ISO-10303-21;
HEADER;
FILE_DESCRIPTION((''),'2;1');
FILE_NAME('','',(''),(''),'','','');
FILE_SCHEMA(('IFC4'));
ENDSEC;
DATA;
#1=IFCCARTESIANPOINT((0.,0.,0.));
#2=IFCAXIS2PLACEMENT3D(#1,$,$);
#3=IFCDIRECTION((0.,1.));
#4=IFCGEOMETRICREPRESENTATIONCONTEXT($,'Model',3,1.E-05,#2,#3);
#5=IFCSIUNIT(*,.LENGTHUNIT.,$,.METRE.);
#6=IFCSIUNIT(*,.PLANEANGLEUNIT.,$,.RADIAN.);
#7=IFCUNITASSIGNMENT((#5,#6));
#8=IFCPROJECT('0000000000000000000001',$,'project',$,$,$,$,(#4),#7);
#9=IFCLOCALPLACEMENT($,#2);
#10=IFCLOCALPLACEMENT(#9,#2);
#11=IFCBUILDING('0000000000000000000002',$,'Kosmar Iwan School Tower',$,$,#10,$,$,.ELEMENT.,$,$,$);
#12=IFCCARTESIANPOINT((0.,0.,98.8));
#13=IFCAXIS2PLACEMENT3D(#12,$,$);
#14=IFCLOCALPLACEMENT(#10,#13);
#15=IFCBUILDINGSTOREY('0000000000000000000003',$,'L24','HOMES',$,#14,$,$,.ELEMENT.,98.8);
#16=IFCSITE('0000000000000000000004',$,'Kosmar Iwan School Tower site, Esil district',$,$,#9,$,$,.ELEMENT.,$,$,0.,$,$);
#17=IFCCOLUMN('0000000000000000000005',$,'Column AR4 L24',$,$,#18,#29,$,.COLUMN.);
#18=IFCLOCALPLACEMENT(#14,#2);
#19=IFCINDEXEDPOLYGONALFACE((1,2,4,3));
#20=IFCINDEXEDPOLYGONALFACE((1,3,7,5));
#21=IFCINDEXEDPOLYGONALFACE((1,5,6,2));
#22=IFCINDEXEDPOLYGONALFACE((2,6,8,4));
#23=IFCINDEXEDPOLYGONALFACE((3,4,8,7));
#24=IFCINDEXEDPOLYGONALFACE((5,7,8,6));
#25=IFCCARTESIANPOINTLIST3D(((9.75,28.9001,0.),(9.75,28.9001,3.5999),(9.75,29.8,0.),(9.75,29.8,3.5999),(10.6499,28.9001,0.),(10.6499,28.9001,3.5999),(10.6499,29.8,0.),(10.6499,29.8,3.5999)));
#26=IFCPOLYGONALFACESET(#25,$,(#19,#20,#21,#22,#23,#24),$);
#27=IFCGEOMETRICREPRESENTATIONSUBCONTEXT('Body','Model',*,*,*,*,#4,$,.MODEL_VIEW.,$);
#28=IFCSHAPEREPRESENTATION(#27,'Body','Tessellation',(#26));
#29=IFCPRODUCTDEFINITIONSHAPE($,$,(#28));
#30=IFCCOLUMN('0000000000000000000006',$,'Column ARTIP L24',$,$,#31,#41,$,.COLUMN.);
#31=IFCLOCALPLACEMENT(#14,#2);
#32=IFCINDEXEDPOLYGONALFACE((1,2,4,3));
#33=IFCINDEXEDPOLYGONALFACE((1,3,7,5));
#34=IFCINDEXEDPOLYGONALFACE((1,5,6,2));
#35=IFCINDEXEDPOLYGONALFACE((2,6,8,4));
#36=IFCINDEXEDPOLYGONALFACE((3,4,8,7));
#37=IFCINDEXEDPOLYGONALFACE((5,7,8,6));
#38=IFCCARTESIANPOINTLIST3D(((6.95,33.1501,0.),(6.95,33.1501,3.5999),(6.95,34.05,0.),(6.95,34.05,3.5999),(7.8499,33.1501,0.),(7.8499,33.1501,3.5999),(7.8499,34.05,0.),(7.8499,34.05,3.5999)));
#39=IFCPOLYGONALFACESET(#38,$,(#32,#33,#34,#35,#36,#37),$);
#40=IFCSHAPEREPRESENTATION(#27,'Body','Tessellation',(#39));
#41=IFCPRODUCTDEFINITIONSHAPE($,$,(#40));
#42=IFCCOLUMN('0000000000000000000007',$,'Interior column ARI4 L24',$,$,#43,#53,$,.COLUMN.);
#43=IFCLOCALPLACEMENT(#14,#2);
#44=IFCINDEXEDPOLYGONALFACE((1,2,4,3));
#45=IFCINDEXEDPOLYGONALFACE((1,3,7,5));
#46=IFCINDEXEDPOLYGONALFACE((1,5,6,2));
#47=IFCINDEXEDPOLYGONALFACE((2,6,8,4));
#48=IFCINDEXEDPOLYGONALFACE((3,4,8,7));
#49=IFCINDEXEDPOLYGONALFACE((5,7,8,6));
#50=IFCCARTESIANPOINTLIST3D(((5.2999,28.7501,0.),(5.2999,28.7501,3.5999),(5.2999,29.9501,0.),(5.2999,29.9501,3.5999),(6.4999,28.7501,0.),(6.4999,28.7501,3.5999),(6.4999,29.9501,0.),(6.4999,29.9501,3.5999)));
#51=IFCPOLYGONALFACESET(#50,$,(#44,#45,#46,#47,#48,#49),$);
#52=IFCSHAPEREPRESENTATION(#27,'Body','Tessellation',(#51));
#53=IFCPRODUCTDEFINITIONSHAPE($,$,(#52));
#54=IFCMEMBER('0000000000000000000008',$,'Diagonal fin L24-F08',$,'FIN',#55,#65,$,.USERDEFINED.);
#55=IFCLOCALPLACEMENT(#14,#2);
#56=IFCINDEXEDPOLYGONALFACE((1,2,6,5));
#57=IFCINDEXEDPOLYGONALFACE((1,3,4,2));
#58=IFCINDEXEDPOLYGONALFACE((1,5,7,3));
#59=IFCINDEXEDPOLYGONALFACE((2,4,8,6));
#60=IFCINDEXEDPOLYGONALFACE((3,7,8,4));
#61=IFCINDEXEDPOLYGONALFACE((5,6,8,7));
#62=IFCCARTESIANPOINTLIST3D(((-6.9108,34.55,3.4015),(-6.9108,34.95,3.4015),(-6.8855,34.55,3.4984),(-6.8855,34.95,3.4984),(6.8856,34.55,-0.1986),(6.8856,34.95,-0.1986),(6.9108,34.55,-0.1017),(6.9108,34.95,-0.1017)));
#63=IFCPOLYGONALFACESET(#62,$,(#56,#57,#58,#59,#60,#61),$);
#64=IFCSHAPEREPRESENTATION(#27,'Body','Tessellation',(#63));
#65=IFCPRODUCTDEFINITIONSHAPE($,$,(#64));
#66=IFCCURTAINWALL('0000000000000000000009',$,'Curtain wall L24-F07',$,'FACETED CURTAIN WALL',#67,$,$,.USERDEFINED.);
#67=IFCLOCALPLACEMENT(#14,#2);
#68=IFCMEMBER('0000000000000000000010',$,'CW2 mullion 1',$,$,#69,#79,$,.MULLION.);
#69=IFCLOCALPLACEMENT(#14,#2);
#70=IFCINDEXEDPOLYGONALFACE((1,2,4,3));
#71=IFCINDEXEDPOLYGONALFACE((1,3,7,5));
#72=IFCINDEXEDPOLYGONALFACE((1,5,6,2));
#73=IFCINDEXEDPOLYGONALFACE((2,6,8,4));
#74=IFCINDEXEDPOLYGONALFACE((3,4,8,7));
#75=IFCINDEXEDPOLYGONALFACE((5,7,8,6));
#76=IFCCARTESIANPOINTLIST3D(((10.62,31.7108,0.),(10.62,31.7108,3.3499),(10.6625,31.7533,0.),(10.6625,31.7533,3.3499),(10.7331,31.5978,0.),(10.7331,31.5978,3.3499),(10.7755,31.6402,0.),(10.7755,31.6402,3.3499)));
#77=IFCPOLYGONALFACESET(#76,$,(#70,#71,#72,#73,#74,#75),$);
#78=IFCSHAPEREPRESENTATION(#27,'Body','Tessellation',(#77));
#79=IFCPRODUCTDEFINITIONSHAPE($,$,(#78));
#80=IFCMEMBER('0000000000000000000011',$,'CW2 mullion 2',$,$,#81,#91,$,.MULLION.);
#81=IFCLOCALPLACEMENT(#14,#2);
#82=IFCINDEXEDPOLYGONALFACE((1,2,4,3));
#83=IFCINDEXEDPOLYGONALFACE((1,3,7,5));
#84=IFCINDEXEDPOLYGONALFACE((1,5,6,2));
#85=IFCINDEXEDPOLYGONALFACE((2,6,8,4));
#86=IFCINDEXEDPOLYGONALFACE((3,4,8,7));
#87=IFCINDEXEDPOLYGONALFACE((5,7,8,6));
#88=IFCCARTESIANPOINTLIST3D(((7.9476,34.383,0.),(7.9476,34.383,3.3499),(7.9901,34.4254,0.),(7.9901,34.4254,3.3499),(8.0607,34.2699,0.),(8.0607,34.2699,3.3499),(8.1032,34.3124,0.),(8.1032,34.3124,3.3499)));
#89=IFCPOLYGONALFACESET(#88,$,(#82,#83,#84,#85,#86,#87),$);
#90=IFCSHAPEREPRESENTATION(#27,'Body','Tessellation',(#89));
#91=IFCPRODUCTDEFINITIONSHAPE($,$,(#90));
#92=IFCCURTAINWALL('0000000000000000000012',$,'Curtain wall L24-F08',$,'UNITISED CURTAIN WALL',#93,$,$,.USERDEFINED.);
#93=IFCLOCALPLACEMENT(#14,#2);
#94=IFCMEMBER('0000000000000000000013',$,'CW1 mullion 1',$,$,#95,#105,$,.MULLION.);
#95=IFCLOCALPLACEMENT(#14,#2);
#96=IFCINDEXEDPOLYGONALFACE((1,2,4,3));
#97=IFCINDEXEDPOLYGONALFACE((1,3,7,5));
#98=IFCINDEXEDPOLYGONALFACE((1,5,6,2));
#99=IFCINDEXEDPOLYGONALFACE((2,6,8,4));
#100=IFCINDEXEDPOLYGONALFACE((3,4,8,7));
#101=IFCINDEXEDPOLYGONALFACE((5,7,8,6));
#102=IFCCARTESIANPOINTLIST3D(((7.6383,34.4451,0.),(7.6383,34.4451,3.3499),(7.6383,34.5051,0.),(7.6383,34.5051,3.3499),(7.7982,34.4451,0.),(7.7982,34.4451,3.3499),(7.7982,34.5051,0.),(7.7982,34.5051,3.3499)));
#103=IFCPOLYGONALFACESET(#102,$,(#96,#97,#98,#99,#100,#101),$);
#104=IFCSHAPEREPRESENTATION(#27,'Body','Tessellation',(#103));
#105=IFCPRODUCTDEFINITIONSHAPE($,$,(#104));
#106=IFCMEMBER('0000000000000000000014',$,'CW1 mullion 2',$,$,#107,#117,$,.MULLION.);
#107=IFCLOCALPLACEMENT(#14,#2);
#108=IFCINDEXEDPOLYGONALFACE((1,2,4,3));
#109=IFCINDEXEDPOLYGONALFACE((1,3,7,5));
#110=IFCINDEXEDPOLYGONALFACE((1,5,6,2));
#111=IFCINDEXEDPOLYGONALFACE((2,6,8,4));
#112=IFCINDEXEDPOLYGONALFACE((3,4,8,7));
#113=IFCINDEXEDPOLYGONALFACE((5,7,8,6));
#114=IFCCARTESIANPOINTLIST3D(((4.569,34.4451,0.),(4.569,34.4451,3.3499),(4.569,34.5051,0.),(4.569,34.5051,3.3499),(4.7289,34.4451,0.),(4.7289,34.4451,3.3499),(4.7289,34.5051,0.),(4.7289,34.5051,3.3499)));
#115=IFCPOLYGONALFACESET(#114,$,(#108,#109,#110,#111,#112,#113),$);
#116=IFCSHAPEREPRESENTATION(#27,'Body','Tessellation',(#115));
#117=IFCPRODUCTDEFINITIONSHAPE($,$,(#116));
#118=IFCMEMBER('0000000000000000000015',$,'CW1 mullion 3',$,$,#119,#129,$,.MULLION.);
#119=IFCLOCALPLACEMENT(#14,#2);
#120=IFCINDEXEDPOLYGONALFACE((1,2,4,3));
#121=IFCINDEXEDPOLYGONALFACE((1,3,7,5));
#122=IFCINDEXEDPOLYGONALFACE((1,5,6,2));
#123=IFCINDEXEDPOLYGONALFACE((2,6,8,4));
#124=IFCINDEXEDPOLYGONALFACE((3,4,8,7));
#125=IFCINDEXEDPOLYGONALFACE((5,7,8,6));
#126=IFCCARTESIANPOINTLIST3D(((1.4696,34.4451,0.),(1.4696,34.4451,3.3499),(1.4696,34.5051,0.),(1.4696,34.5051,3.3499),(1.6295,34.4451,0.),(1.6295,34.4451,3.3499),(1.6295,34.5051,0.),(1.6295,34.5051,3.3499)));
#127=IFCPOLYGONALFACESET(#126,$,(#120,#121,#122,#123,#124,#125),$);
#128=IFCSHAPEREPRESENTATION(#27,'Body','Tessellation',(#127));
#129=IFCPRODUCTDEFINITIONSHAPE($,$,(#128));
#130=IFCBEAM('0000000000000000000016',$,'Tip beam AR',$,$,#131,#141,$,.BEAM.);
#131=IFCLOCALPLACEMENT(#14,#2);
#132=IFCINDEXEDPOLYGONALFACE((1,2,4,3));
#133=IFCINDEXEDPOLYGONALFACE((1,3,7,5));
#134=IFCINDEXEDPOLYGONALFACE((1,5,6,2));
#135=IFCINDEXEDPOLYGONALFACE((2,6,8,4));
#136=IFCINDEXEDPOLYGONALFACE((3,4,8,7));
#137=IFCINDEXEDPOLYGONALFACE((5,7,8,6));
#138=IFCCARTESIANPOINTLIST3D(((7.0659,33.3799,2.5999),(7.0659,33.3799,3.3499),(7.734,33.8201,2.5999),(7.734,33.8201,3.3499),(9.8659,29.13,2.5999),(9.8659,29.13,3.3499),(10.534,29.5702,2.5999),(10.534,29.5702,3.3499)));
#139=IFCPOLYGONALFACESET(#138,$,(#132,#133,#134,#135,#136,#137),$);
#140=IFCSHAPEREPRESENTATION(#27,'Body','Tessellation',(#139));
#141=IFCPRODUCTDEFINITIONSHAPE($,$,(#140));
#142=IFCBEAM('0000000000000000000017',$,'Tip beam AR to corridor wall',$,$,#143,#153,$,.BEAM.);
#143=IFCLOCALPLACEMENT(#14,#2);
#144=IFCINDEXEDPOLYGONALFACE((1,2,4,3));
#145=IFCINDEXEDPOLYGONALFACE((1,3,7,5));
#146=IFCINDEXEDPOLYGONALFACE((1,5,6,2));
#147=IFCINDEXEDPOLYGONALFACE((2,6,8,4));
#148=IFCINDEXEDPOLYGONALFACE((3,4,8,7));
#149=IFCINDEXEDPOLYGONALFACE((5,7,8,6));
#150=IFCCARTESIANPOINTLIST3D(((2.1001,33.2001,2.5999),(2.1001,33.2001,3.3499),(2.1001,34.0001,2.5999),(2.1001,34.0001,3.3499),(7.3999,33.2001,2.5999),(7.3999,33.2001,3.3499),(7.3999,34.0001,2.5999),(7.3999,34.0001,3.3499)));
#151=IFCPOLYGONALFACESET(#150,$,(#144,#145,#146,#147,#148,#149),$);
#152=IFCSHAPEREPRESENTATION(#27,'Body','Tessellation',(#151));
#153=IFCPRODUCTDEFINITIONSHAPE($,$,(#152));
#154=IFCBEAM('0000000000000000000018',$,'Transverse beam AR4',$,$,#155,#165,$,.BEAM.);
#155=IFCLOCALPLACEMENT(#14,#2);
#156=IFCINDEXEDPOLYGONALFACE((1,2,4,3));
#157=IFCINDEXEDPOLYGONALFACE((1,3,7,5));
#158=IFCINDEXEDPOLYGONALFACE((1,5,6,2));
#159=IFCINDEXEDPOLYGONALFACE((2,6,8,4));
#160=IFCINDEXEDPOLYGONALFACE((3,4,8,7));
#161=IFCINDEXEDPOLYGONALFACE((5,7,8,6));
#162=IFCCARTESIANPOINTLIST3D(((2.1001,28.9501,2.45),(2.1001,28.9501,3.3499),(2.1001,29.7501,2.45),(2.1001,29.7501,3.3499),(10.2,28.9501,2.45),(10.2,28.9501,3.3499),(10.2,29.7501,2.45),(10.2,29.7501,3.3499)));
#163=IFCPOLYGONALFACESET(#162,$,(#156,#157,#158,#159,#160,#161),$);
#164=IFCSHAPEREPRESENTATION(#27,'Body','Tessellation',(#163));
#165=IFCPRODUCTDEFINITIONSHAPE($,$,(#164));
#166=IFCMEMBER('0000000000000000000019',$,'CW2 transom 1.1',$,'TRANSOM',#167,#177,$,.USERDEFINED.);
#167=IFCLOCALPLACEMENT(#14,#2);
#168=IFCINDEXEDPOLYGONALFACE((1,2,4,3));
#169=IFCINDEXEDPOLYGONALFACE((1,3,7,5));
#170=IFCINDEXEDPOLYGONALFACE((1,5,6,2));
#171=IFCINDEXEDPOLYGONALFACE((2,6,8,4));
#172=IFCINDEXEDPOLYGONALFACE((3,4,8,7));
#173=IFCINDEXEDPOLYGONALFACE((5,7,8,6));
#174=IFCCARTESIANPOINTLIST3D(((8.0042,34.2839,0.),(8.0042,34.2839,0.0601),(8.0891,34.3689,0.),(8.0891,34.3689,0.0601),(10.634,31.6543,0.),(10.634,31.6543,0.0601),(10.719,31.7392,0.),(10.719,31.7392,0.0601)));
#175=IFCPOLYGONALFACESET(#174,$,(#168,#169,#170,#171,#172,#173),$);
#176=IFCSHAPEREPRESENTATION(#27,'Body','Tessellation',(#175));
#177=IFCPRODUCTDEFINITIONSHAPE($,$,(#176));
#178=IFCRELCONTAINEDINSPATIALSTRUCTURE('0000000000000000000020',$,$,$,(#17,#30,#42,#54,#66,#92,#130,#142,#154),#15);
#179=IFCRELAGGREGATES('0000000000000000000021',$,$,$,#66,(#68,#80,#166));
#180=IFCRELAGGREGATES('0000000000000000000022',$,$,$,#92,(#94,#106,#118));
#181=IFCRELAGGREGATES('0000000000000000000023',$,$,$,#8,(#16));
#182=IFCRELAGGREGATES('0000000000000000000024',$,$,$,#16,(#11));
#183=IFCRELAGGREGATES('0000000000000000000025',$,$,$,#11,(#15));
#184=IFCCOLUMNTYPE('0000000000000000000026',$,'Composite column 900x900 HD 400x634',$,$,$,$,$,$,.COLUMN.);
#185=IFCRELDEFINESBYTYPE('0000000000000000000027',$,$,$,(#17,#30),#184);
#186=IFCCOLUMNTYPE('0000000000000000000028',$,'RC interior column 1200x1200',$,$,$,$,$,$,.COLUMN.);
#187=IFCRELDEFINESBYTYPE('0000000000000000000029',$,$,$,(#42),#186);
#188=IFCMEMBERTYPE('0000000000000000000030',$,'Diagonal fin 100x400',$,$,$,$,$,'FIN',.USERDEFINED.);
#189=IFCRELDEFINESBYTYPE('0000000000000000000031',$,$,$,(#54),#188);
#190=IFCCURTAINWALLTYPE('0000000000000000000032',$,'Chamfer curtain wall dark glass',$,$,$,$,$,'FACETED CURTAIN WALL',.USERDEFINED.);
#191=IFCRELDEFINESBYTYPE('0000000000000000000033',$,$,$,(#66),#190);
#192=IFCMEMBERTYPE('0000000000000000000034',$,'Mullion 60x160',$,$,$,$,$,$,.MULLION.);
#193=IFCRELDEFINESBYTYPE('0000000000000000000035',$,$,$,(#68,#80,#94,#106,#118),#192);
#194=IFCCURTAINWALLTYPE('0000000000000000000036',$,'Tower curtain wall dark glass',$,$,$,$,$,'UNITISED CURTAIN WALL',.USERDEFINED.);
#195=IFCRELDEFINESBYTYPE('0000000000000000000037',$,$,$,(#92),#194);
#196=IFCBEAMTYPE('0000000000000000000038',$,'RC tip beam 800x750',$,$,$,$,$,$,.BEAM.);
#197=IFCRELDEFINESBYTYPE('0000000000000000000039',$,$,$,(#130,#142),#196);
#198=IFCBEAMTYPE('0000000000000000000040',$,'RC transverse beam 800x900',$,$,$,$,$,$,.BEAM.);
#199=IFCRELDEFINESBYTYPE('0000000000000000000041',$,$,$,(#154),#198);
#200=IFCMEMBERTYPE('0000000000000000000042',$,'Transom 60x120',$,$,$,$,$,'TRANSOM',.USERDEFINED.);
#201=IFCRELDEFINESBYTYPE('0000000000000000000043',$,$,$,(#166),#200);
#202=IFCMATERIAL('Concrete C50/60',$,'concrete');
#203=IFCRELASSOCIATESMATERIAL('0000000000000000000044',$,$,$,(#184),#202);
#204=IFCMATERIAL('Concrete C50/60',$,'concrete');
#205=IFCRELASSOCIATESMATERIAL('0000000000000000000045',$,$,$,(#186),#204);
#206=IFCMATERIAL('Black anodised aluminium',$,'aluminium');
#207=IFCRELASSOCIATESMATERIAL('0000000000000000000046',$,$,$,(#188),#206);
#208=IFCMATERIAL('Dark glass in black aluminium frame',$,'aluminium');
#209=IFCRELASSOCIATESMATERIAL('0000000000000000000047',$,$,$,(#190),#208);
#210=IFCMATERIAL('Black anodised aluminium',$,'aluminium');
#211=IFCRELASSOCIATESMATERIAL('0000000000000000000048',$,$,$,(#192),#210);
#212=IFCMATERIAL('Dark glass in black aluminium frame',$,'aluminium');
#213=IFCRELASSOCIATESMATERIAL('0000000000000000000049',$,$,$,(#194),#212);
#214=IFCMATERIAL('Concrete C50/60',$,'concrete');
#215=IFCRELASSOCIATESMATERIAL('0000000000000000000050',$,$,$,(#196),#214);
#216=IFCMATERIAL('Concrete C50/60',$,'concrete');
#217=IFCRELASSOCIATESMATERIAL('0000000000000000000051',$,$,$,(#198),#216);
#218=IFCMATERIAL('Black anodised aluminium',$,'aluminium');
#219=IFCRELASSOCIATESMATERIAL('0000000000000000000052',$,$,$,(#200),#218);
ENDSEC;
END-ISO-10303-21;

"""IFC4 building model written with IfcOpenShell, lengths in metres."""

from ifc_helpers import new_model, si_unit, direction, frame, origin, origin_2d, place, context, subcontext, project, spatial, rectangle, extrude, material, material_profile, profile_set, type_object, element, aggregate, save


model = new_model("IFC4")

# Units and contexts
model_context = context("Model", 3, precision=1e-05, world=origin(), true_north=direction((0.0, 1.0)))
body_context = subcontext(model_context, "Body", "Model", "MODEL_VIEW")
ifc_project = project(units=[si_unit("LENGTHUNIT", "METRE"), si_unit("PLANEANGLEUNIT", "RADIAN")], contexts=[model_context])

# Site, building, storey
site_placement = place(None, origin())
site = spatial("IfcSite", under=ifc_project, at=site_placement, Name="Kosmar Iwan School Tower site, Esil district", CompositionType="ELEMENT", RefElevation=0.0)
building_placement = place(site_placement, origin())
building = spatial("IfcBuilding", under=site, at=building_placement, Name="Kosmar Iwan School Tower", CompositionType="ELEMENT")
storey_placement = place(building_placement, frame((0.0, 0.0, 98.8)))
storey = spatial("IfcBuildingStorey", under=building, at=storey_placement, Name="L24", Description="HOMES", CompositionType="ELEMENT", Elevation=98.8)

# Columns
ifc_material_1 = material(Name="Concrete C50/60", Category="concrete")
ifc_material_profile_1 = material_profile(ifc_material_1, rectangle(XDim=0.8999, YDim=0.8999, at=origin_2d()), Name="RC 900x900 + HD 400x634")
ifc_profile_set_1 = profile_set([ifc_material_profile_1], Name="Concrete C50/60")
column_type_1 = type_object("IfcColumnType", Name="Composite column 900x900 HD 400x634", PredefinedType="COLUMN", material=ifc_profile_set_1)
for number, where, z_axis, x_axis, name in (
    (1, (10.2, 29.3501, 0.0), (0.0, 0.0, 1.0), (0.0, 1.0, 0.0), "Column AR4 L24"),
    (2, (7.3999, 33.6001, 0.0), (0.0, 0.0, 1.0), (0.0, 1.0, 0.0), "Column ARTIP L24"),
):
    element("IfcColumn", number, at=place(storey_placement, frame(where, z_axis=z_axis, x_axis=x_axis)), inside=storey, type_object=column_type_1, Name=name, PredefinedType="COLUMN", context=body_context, shape_type="SweptSolid", body=[
        extrude(rectangle(XDim=0.8999, YDim=0.8999, at=origin_2d()), origin(), (0.0, 0.0, 1.0), 3.5999),
    ])
ifc_material_2 = material(Name="Concrete C50/60", Category="concrete")
ifc_material_profile_2 = material_profile(ifc_material_2, rectangle(XDim=1.2, YDim=1.2, at=origin_2d()), Name="RC 1200x1200")
ifc_profile_set_2 = profile_set([ifc_material_profile_2], Name="Concrete C50/60")
column_type_2 = type_object("IfcColumnType", Name="RC interior column 1200x1200", PredefinedType="COLUMN", material=ifc_profile_set_2)
column_placement = place(storey_placement, frame((5.8999, 29.3501, 0.0), z_axis=(0.0, 0.0, 1.0), x_axis=(0.0, 1.0, 0.0)))
element("IfcColumn", 3, at=column_placement, inside=storey, type_object=column_type_2, Name="Interior column ARI4 L24", PredefinedType="COLUMN", context=body_context, shape_type="SweptSolid", body=[
    extrude(rectangle(XDim=1.2, YDim=1.2, at=origin_2d()), origin(), (0.0, 0.0, 1.0), 3.5999),
])

# Member
ifc_material_3 = material(Name="Black anodised aluminium", Category="aluminium")
ifc_material_profile_3 = material_profile(ifc_material_3, rectangle(XDim=0.1001, YDim=0.3999, at=origin_2d()), Name="FIN 100x400")
ifc_profile_set_3 = profile_set([ifc_material_profile_3], Name="Black anodised aluminium")
member_type_1 = type_object("IfcMemberType", Name="Diagonal fin 100x400", ElementType="FIN", PredefinedType="USERDEFINED", material=ifc_profile_set_3)
member_1_placement = place(storey_placement, frame((6.8982, 34.75, -0.1501), z_axis=(-0.967599, 0.0, 0.25249), x_axis=(0.25249, 0.0, 0.967599)))
element("IfcMember", 4, at=member_1_placement, inside=storey, type_object=member_type_1, Name="Diagonal fin L24-F08", ObjectType="FIN", PredefinedType="USERDEFINED", context=body_context, shape_type="SweptSolid", body=[
    extrude(rectangle(XDim=0.1001, YDim=0.3999, at=origin_2d()), origin(), (0.0, 0.0, 1.0), 14.2583),
])

# Curtain walls, members
ifc_material_4 = material(Name="Dark glass in black aluminium frame", Category="aluminium")
curtain_wall_type_1 = type_object("IfcCurtainWallType", Name="Chamfer curtain wall dark glass", ElementType="FACETED CURTAIN WALL", PredefinedType="USERDEFINED", material=ifc_material_4)
curtain_wall_1_placement = place(storey_placement, origin())
curtain_wall_1 = element("IfcCurtainWall", 5, at=curtain_wall_1_placement, inside=storey, type_object=curtain_wall_type_1, Name="Curtain wall L24-F07", ObjectType="FACETED CURTAIN WALL", PredefinedType="USERDEFINED")
ifc_material_5 = material(Name="Black anodised aluminium", Category="aluminium")
ifc_material_profile_4 = material_profile(ifc_material_5, rectangle(XDim=0.0601, YDim=0.1599, at=origin_2d()), Name="MULLION 60x160")
ifc_profile_set_4 = profile_set([ifc_material_profile_4], Name="Black anodised aluminium")
member_type_2 = type_object("IfcMemberType", Name="Mullion 60x160", PredefinedType="MULLION", material=ifc_profile_set_4)
member_2_placement = place(storey_placement, frame((10.6978, 31.6755, 0.0), z_axis=(0.0, 0.0, 1.0), x_axis=(-0.707107, -0.707107, 0.0)))
member_2 = element("IfcMember", 6, at=member_2_placement, type_object=member_type_2, Name="CW2 mullion 1", PredefinedType="MULLION", context=body_context, shape_type="SweptSolid", body=[
    extrude(rectangle(XDim=0.0601, YDim=0.1599, at=origin_2d()), origin(), (0.0, 0.0, 1.0), 3.3499),
])
member_3_placement = place(storey_placement, frame((8.0254, 34.3477, 0.0), z_axis=(0.0, 0.0, 1.0), x_axis=(-0.707107, -0.707107, 0.0)))
member_3 = element("IfcMember", 7, at=member_3_placement, type_object=member_type_2, Name="CW2 mullion 2", PredefinedType="MULLION", context=body_context, shape_type="SweptSolid", body=[
    extrude(rectangle(XDim=0.0601, YDim=0.1599, at=origin_2d()), origin(), (0.0, 0.0, 1.0), 3.3499),
])
ifc_material_6 = material(Name="Dark glass in black aluminium frame", Category="aluminium")
curtain_wall_type_2 = type_object("IfcCurtainWallType", Name="Tower curtain wall dark glass", ElementType="UNITISED CURTAIN WALL", PredefinedType="USERDEFINED", material=ifc_material_6)
curtain_wall_2_placement = place(storey_placement, origin())
curtain_wall_2 = element("IfcCurtainWall", 8, at=curtain_wall_2_placement, inside=storey, type_object=curtain_wall_type_2, Name="Curtain wall L24-F08", ObjectType="UNITISED CURTAIN WALL", PredefinedType="USERDEFINED")
member_4_placement = place(storey_placement, frame((7.7183, 34.4751, 0.0), z_axis=(0.0, 0.0, 1.0), x_axis=(0.0, -1.0, 0.0)))
member_4 = element("IfcMember", 9, at=member_4_placement, type_object=member_type_2, Name="CW1 mullion 1", PredefinedType="MULLION", context=body_context, shape_type="SweptSolid", body=[
    extrude(rectangle(XDim=0.0601, YDim=0.1599, at=origin_2d()), origin(), (0.0, 0.0, 1.0), 3.3499),
])
member_5_placement = place(storey_placement, frame((4.6489, 34.4751, 0.0), z_axis=(0.0, 0.0, 1.0), x_axis=(0.0, -1.0, 0.0)))
member_5 = element("IfcMember", 10, at=member_5_placement, type_object=member_type_2, Name="CW1 mullion 2", PredefinedType="MULLION", context=body_context, shape_type="SweptSolid", body=[
    extrude(rectangle(XDim=0.0601, YDim=0.1599, at=origin_2d()), origin(), (0.0, 0.0, 1.0), 3.3499),
])
member_6_placement = place(storey_placement, frame((1.5496, 34.4751, 0.0), z_axis=(0.0, 0.0, 1.0), x_axis=(0.0, -1.0, 0.0)))
member_6 = element("IfcMember", 11, at=member_6_placement, type_object=member_type_2, Name="CW1 mullion 3", PredefinedType="MULLION", context=body_context, shape_type="SweptSolid", body=[
    extrude(rectangle(XDim=0.0601, YDim=0.1599, at=origin_2d()), origin(), (0.0, 0.0, 1.0), 3.3499),
])

# Beams
ifc_material_7 = material(Name="Concrete C50/60", Category="concrete")
ifc_material_profile_5 = material_profile(ifc_material_7, rectangle(XDim=0.8, YDim=0.75, at=origin_2d()), Name="RC 800x750")
ifc_profile_set_5 = profile_set([ifc_material_profile_5], Name="Concrete C50/60")
beam_type_1 = type_object("IfcBeamType", Name="RC tip beam 800x750", PredefinedType="BEAM", material=ifc_profile_set_5)
beam_1_placement = place(storey_placement, frame((10.2, 29.3501, 2.9749), z_axis=(-0.550164, 0.835056, 0.0), x_axis=(-0.835056, -0.550164, 0.0)))
element("IfcBeam", 12, at=beam_1_placement, inside=storey, type_object=beam_type_1, Name="Tip beam AR", PredefinedType="BEAM", context=body_context, shape_type="SweptSolid", body=[
    extrude(rectangle(XDim=0.8, YDim=0.75, at=origin_2d()), origin(), (0.0, 0.0, 1.0), 5.0894),
])
beam_2_placement = place(storey_placement, frame((7.3999, 33.6001, 2.9749), z_axis=(-1.0, 0.0, 0.0), x_axis=(0.0, -1.0, 0.0)))
element("IfcBeam", 13, at=beam_2_placement, inside=storey, type_object=beam_type_1, Name="Tip beam AR to corridor wall", PredefinedType="BEAM", context=body_context, shape_type="SweptSolid", body=[
    extrude(rectangle(XDim=0.8, YDim=0.75, at=origin_2d()), origin(), (0.0, 0.0, 1.0), 5.2998),
])
ifc_material_8 = material(Name="Concrete C50/60", Category="concrete")
ifc_material_profile_6 = material_profile(ifc_material_8, rectangle(XDim=0.8, YDim=0.8999, at=origin_2d()), Name="RC 800x900")
ifc_profile_set_6 = profile_set([ifc_material_profile_6], Name="Concrete C50/60")
beam_type_2 = type_object("IfcBeamType", Name="RC transverse beam 800x900", PredefinedType="BEAM", material=ifc_profile_set_6)
beam_3_placement = place(storey_placement, frame((10.2, 29.3501, 2.8999), z_axis=(-1.0, 0.0, 0.0), x_axis=(0.0, -1.0, 0.0)))
element("IfcBeam", 14, at=beam_3_placement, inside=storey, type_object=beam_type_2, Name="Transverse beam AR4", PredefinedType="BEAM", context=body_context, shape_type="SweptSolid", body=[
    extrude(rectangle(XDim=0.8, YDim=0.8999, at=origin_2d()), origin(), (0.0, 0.0, 1.0), 8.0999),
])

# Member
ifc_material_9 = material(Name="Black anodised aluminium", Category="aluminium")
ifc_material_profile_7 = material_profile(ifc_material_9, rectangle(XDim=0.1201, YDim=0.0601, at=origin_2d()), Name="TRANSOM 60x120")
ifc_profile_set_7 = profile_set([ifc_material_profile_7], Name="Black anodised aluminium")
member_type_3 = type_object("IfcMemberType", Name="Transom 60x120", ElementType="TRANSOM", PredefinedType="USERDEFINED", material=ifc_profile_set_7)
member_7_placement = place(storey_placement, frame((10.6765, 31.6968, 0.03), z_axis=(-0.70714, 0.707074, 0.0), x_axis=(-0.707074, -0.70714, 0.0)))
member_7 = element("IfcMember", 15, at=member_7_placement, type_object=member_type_3, Name="CW2 transom 1.1", ObjectType="TRANSOM", PredefinedType="USERDEFINED", context=body_context, shape_type="SweptSolid", body=[
    extrude(rectangle(XDim=0.1201, YDim=0.0601, at=origin_2d()), origin(), (0.0, 0.0, 1.0), 3.719),
])

aggregate(curtain_wall_1, [member_2, member_3, member_7])
aggregate(curtain_wall_2, [member_4, member_5, member_6])

save(model, "model.ifc")
